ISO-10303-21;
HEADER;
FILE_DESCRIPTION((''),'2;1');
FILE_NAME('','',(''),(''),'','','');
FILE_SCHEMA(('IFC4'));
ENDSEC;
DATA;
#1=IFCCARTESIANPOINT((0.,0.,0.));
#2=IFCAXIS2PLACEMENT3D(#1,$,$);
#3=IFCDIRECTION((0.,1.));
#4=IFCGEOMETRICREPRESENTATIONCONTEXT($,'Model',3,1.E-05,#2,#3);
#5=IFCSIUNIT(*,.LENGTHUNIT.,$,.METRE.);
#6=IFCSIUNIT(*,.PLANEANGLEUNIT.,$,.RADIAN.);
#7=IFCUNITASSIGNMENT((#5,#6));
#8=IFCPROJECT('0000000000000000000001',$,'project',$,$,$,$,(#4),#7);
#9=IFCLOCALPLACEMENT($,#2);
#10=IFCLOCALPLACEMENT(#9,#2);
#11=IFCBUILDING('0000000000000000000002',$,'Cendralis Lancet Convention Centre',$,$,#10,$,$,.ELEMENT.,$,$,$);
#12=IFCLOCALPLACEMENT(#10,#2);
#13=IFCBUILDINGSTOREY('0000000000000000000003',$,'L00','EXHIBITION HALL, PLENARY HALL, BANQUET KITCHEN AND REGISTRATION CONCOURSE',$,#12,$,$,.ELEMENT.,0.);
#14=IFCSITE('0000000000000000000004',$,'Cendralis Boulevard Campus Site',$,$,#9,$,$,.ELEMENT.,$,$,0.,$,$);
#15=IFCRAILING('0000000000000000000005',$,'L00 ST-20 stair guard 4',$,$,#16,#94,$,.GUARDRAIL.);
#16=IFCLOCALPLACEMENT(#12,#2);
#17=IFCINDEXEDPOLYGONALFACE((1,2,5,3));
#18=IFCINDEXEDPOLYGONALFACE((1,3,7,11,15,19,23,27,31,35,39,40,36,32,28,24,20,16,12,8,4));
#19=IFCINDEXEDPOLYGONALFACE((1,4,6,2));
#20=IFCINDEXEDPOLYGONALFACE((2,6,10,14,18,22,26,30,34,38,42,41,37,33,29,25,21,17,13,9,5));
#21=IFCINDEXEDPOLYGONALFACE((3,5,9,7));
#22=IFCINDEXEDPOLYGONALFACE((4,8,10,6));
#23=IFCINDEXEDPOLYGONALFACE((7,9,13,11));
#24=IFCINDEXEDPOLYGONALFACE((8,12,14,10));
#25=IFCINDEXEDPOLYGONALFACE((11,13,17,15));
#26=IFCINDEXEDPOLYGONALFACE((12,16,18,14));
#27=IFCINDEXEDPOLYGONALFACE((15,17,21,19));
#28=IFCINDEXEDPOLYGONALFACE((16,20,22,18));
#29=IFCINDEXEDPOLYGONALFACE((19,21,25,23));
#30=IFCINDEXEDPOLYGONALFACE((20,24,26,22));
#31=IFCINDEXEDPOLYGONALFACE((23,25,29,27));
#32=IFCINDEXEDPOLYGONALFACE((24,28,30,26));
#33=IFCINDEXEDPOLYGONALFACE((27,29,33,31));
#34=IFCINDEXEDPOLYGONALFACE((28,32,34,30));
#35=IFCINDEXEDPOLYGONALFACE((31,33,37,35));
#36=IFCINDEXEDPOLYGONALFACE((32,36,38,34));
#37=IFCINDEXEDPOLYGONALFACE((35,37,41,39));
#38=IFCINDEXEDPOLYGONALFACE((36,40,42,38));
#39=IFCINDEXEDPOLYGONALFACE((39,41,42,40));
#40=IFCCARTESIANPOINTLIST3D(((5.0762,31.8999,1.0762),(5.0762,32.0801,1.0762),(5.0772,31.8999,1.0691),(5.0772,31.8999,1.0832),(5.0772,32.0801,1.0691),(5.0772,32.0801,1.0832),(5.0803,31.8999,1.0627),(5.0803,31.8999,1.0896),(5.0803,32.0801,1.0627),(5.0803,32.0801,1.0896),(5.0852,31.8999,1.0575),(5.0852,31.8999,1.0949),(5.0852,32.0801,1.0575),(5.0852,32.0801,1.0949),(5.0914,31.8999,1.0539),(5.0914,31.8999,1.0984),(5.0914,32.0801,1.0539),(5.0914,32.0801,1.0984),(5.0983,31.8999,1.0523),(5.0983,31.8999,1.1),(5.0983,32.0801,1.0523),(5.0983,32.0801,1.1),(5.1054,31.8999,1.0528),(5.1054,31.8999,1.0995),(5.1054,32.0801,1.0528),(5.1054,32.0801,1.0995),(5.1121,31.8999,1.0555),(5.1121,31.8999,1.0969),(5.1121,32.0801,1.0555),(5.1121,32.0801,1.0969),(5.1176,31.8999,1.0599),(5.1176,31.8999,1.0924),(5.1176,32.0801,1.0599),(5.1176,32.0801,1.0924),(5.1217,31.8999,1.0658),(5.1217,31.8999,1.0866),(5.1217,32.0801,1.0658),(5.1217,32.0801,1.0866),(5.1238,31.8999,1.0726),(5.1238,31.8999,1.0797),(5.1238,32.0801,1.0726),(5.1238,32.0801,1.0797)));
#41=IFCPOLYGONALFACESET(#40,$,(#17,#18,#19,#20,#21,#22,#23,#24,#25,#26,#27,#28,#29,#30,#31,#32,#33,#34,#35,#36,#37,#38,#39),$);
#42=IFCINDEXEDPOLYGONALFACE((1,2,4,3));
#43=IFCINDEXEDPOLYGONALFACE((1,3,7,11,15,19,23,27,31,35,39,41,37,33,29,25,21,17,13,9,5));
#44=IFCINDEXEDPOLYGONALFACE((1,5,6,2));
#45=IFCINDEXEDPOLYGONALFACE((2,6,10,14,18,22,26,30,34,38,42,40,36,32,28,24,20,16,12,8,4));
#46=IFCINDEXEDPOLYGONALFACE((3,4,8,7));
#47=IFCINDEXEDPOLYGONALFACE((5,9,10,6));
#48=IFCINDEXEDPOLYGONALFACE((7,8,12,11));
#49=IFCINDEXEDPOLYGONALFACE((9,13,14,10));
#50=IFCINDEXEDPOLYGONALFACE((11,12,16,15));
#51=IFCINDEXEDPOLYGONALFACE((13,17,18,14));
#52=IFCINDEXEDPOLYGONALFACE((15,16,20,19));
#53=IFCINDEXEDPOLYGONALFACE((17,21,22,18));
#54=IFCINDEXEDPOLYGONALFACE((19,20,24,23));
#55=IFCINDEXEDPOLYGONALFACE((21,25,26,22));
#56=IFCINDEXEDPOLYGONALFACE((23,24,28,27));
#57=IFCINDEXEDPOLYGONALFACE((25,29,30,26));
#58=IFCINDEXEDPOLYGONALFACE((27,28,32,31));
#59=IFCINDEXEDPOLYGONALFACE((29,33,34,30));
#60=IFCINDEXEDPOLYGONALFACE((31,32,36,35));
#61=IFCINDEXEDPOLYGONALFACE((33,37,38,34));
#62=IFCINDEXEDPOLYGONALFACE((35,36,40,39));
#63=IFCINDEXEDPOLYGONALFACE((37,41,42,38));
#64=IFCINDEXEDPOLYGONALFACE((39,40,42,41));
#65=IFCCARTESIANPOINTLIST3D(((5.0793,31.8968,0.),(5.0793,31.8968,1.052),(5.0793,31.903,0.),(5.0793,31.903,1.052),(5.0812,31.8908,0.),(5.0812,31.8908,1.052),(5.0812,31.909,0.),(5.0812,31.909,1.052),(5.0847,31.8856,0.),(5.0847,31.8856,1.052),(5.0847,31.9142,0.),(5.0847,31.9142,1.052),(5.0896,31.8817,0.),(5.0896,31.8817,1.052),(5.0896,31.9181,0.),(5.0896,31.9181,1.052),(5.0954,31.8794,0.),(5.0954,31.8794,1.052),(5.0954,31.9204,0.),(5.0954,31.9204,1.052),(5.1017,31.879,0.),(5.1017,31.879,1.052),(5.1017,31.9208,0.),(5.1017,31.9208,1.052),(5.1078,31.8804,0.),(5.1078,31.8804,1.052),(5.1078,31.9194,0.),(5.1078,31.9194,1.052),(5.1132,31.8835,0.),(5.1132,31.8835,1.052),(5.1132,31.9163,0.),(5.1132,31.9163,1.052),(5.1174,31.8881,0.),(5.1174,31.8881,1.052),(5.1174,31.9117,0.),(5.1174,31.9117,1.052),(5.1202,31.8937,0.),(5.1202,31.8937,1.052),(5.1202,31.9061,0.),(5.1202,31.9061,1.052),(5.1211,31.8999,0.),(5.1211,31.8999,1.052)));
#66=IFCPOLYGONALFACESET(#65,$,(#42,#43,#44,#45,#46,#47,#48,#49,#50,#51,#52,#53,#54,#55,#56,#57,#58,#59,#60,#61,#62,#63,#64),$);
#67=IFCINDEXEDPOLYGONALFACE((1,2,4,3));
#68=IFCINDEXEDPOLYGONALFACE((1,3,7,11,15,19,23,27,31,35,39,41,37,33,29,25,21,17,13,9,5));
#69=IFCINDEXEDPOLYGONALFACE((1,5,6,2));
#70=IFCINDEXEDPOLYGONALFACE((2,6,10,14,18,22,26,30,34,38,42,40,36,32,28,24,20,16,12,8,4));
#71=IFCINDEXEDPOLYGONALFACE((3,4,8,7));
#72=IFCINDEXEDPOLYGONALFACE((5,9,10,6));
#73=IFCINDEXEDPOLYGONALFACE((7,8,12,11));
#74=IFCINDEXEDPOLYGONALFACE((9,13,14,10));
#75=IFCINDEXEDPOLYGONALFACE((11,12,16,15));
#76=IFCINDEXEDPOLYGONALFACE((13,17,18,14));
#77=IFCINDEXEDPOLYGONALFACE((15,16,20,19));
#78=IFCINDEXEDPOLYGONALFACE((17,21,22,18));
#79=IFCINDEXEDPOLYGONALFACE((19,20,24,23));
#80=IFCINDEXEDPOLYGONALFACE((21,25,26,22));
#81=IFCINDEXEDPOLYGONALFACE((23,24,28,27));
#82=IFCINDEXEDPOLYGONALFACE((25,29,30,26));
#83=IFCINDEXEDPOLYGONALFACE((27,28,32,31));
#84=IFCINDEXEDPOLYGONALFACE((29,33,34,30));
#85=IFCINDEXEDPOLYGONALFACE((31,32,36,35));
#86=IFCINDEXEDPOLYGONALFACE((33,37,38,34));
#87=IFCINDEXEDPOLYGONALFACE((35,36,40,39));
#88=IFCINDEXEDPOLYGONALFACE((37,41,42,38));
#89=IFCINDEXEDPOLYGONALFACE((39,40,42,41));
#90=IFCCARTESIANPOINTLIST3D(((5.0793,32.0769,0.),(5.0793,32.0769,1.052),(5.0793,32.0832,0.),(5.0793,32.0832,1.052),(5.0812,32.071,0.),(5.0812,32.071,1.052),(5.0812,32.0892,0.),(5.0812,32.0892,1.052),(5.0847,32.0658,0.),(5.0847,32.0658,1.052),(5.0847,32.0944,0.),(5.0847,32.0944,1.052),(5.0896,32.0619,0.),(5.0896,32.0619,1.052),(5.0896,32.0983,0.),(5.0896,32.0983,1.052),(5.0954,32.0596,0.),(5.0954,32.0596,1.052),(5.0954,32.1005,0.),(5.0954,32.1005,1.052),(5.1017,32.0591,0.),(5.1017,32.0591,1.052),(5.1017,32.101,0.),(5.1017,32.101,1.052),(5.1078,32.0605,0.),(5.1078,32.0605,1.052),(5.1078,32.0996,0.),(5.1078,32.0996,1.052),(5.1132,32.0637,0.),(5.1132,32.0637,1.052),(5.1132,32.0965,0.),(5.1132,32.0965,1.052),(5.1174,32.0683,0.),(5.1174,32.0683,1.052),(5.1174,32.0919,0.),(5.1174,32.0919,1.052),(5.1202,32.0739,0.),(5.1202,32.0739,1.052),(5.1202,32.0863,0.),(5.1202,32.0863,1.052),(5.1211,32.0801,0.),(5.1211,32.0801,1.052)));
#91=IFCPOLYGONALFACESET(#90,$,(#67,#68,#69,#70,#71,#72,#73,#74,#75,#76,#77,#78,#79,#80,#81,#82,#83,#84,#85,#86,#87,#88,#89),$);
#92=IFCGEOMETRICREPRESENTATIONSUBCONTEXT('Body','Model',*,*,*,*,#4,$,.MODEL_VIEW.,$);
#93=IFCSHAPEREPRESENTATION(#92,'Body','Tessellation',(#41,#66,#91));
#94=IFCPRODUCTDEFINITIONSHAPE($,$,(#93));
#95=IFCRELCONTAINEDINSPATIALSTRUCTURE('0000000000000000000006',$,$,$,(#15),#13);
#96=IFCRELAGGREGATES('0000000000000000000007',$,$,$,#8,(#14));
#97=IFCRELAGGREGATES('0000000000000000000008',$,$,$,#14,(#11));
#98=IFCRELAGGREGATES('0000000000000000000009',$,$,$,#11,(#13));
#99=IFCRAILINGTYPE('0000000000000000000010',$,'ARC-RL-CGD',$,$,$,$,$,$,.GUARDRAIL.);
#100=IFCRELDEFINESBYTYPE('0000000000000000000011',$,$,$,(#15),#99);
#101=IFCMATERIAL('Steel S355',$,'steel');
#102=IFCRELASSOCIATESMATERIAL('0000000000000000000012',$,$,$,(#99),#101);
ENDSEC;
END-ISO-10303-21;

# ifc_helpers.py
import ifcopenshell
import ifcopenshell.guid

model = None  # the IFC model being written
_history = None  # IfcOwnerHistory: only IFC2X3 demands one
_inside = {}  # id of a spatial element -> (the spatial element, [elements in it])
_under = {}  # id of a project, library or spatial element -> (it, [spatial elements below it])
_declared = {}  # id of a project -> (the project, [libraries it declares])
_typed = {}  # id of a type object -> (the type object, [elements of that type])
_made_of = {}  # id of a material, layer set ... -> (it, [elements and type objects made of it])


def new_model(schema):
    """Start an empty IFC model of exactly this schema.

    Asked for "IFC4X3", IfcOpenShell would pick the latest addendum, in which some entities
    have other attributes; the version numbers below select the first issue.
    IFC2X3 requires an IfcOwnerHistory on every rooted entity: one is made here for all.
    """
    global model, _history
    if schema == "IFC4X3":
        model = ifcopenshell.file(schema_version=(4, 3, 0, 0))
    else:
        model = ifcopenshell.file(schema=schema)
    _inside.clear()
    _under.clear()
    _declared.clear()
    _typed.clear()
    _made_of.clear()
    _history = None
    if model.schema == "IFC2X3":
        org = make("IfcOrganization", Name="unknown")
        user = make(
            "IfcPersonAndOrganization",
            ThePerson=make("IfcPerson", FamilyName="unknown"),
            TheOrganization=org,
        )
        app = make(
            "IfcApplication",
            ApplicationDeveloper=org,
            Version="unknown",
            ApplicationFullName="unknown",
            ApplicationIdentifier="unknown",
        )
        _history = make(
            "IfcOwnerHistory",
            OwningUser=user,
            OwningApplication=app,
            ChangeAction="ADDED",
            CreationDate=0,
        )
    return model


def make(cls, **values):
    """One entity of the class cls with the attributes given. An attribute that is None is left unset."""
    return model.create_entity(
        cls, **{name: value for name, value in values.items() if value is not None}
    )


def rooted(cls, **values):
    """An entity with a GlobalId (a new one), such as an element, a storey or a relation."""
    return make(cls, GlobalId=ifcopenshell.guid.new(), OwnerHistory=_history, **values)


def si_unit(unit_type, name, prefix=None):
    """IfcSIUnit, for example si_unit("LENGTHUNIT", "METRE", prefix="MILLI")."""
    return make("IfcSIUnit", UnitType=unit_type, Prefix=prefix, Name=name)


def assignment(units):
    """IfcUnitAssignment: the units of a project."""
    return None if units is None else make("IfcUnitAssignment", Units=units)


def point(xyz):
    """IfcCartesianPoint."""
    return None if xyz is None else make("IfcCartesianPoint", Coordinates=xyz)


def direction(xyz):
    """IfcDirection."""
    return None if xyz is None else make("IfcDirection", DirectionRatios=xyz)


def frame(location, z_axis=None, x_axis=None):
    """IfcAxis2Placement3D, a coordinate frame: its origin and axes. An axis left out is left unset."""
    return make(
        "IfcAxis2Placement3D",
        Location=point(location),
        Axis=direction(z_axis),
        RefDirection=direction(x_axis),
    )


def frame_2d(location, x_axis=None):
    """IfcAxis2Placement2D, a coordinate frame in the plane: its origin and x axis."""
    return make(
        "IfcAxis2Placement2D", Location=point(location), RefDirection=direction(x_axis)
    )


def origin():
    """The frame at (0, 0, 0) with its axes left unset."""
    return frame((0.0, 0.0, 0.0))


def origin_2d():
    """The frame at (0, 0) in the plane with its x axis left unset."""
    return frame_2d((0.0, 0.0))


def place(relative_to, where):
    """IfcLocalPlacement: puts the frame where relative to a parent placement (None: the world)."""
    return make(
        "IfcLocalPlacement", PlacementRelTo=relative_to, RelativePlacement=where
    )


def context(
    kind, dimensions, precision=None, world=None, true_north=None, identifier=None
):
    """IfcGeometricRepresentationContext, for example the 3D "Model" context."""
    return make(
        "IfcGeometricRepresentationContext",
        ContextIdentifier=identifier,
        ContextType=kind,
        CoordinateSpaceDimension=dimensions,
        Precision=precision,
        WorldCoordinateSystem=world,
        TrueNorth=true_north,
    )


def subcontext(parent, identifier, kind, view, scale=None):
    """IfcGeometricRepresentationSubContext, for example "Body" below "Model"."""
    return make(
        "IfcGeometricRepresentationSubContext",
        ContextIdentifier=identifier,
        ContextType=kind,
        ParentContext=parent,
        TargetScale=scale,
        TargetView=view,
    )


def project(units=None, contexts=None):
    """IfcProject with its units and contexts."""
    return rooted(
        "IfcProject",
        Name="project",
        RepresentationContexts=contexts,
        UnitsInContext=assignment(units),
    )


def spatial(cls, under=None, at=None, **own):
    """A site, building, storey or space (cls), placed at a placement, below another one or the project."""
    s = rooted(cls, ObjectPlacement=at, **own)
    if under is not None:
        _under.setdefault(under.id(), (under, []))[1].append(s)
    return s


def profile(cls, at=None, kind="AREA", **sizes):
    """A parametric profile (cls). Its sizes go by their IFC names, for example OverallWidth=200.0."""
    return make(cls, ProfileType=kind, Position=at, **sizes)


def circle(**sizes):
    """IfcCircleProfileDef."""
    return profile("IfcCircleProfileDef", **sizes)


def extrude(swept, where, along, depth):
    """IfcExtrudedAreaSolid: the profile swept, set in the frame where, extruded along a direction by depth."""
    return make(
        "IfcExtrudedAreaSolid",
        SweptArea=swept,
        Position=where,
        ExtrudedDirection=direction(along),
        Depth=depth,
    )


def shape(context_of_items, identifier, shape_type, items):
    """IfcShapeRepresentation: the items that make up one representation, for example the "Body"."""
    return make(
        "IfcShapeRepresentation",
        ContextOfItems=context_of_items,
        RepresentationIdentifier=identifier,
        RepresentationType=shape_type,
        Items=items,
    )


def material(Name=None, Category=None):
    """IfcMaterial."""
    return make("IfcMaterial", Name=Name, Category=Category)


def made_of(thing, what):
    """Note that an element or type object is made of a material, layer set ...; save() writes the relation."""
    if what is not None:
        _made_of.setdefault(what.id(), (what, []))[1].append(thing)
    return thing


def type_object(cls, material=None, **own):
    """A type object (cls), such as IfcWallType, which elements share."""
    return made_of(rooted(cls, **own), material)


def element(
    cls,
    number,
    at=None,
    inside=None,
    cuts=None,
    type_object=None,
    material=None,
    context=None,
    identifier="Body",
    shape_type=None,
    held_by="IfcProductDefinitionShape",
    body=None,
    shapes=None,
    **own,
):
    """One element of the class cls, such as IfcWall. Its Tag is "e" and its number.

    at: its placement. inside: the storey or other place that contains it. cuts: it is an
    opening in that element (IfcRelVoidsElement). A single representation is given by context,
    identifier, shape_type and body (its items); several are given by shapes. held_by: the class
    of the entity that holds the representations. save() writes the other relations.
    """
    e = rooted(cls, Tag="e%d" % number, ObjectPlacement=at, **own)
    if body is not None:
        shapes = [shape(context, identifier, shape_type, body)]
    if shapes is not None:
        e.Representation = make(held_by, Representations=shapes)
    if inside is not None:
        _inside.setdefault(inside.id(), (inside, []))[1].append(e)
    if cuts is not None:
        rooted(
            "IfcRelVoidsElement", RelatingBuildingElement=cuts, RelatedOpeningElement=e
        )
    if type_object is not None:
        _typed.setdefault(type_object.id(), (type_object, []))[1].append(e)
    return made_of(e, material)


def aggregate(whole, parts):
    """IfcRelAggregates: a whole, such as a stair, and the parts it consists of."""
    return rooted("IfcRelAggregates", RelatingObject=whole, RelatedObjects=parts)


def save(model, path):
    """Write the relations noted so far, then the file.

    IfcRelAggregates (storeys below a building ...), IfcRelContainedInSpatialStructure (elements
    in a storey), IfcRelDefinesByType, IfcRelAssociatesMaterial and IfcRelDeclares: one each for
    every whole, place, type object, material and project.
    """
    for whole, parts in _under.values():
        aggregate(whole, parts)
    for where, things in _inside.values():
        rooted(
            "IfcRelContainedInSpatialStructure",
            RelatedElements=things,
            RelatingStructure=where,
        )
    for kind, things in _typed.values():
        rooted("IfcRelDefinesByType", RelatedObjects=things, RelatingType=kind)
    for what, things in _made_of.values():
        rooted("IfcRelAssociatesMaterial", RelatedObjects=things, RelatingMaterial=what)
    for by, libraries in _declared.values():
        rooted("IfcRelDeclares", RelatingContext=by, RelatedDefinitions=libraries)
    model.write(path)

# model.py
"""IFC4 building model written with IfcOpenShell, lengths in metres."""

from ifc_helpers import new_model, si_unit, direction, frame, origin, origin_2d, place, context, subcontext, project, spatial, circle, extrude, material, type_object, element, save


model = new_model("IFC4")

# Units and contexts
model_context = context("Model", 3, precision=1e-05, world=origin(), true_north=direction((0.0, 1.0)))
body_context = subcontext(model_context, "Body", "Model", "MODEL_VIEW")
ifc_project = project(units=[si_unit("LENGTHUNIT", "METRE"), si_unit("PLANEANGLEUNIT", "RADIAN")], contexts=[model_context])

# Site, building, storey
site_placement = place(None, origin())
site = spatial("IfcSite", under=ifc_project, at=site_placement, Name="Cendralis Boulevard Campus Site", CompositionType="ELEMENT", RefElevation=0.0)
building_placement = place(site_placement, origin())
building = spatial("IfcBuilding", under=site, at=building_placement, Name="Cendralis Lancet Convention Centre", CompositionType="ELEMENT")
storey_placement = place(building_placement, origin())
storey = spatial("IfcBuildingStorey", under=building, at=storey_placement, Name="L00", Description="EXHIBITION HALL, PLENARY HALL, BANQUET KITCHEN AND REGISTRATION CONCOURSE", CompositionType="ELEMENT", Elevation=0.0)

# Shared definitions
ifc_material_1 = material(Name="Steel S355", Category="steel")

# Railing
railing_type_1 = type_object("IfcRailingType", Name="ARC-RL-CGD", PredefinedType="GUARDRAIL", material=ifc_material_1)
railing_1_placement = place(storey_placement, frame((5.1001, 31.8999, 0.0)))
element("IfcRailing", 1, at=railing_1_placement, inside=storey, type_object=railing_type_1, Name="L00 ST-20 stair guard 4", PredefinedType="GUARDRAIL", context=body_context, shape_type="SweptSolid", body=[
    extrude(circle(Radius=0.0239, at=origin_2d()), frame((0.0, 0.0, 1.0762), z_axis=(0.0, 1.0, 0.0), x_axis=(-1.0, 0.0, 0.0)), (0.0, 0.0, 1.0), 0.1802),
    extrude(circle(Radius=0.021, at=origin_2d()), origin(), (0.0, 0.0, 1.0), 1.052),
    extrude(circle(Radius=0.021, at=origin_2d()), frame((0.0, 0.1802, 0.0)), (0.0, 0.0, 1.0), 1.052),
])

save(model, "model.ifc")
